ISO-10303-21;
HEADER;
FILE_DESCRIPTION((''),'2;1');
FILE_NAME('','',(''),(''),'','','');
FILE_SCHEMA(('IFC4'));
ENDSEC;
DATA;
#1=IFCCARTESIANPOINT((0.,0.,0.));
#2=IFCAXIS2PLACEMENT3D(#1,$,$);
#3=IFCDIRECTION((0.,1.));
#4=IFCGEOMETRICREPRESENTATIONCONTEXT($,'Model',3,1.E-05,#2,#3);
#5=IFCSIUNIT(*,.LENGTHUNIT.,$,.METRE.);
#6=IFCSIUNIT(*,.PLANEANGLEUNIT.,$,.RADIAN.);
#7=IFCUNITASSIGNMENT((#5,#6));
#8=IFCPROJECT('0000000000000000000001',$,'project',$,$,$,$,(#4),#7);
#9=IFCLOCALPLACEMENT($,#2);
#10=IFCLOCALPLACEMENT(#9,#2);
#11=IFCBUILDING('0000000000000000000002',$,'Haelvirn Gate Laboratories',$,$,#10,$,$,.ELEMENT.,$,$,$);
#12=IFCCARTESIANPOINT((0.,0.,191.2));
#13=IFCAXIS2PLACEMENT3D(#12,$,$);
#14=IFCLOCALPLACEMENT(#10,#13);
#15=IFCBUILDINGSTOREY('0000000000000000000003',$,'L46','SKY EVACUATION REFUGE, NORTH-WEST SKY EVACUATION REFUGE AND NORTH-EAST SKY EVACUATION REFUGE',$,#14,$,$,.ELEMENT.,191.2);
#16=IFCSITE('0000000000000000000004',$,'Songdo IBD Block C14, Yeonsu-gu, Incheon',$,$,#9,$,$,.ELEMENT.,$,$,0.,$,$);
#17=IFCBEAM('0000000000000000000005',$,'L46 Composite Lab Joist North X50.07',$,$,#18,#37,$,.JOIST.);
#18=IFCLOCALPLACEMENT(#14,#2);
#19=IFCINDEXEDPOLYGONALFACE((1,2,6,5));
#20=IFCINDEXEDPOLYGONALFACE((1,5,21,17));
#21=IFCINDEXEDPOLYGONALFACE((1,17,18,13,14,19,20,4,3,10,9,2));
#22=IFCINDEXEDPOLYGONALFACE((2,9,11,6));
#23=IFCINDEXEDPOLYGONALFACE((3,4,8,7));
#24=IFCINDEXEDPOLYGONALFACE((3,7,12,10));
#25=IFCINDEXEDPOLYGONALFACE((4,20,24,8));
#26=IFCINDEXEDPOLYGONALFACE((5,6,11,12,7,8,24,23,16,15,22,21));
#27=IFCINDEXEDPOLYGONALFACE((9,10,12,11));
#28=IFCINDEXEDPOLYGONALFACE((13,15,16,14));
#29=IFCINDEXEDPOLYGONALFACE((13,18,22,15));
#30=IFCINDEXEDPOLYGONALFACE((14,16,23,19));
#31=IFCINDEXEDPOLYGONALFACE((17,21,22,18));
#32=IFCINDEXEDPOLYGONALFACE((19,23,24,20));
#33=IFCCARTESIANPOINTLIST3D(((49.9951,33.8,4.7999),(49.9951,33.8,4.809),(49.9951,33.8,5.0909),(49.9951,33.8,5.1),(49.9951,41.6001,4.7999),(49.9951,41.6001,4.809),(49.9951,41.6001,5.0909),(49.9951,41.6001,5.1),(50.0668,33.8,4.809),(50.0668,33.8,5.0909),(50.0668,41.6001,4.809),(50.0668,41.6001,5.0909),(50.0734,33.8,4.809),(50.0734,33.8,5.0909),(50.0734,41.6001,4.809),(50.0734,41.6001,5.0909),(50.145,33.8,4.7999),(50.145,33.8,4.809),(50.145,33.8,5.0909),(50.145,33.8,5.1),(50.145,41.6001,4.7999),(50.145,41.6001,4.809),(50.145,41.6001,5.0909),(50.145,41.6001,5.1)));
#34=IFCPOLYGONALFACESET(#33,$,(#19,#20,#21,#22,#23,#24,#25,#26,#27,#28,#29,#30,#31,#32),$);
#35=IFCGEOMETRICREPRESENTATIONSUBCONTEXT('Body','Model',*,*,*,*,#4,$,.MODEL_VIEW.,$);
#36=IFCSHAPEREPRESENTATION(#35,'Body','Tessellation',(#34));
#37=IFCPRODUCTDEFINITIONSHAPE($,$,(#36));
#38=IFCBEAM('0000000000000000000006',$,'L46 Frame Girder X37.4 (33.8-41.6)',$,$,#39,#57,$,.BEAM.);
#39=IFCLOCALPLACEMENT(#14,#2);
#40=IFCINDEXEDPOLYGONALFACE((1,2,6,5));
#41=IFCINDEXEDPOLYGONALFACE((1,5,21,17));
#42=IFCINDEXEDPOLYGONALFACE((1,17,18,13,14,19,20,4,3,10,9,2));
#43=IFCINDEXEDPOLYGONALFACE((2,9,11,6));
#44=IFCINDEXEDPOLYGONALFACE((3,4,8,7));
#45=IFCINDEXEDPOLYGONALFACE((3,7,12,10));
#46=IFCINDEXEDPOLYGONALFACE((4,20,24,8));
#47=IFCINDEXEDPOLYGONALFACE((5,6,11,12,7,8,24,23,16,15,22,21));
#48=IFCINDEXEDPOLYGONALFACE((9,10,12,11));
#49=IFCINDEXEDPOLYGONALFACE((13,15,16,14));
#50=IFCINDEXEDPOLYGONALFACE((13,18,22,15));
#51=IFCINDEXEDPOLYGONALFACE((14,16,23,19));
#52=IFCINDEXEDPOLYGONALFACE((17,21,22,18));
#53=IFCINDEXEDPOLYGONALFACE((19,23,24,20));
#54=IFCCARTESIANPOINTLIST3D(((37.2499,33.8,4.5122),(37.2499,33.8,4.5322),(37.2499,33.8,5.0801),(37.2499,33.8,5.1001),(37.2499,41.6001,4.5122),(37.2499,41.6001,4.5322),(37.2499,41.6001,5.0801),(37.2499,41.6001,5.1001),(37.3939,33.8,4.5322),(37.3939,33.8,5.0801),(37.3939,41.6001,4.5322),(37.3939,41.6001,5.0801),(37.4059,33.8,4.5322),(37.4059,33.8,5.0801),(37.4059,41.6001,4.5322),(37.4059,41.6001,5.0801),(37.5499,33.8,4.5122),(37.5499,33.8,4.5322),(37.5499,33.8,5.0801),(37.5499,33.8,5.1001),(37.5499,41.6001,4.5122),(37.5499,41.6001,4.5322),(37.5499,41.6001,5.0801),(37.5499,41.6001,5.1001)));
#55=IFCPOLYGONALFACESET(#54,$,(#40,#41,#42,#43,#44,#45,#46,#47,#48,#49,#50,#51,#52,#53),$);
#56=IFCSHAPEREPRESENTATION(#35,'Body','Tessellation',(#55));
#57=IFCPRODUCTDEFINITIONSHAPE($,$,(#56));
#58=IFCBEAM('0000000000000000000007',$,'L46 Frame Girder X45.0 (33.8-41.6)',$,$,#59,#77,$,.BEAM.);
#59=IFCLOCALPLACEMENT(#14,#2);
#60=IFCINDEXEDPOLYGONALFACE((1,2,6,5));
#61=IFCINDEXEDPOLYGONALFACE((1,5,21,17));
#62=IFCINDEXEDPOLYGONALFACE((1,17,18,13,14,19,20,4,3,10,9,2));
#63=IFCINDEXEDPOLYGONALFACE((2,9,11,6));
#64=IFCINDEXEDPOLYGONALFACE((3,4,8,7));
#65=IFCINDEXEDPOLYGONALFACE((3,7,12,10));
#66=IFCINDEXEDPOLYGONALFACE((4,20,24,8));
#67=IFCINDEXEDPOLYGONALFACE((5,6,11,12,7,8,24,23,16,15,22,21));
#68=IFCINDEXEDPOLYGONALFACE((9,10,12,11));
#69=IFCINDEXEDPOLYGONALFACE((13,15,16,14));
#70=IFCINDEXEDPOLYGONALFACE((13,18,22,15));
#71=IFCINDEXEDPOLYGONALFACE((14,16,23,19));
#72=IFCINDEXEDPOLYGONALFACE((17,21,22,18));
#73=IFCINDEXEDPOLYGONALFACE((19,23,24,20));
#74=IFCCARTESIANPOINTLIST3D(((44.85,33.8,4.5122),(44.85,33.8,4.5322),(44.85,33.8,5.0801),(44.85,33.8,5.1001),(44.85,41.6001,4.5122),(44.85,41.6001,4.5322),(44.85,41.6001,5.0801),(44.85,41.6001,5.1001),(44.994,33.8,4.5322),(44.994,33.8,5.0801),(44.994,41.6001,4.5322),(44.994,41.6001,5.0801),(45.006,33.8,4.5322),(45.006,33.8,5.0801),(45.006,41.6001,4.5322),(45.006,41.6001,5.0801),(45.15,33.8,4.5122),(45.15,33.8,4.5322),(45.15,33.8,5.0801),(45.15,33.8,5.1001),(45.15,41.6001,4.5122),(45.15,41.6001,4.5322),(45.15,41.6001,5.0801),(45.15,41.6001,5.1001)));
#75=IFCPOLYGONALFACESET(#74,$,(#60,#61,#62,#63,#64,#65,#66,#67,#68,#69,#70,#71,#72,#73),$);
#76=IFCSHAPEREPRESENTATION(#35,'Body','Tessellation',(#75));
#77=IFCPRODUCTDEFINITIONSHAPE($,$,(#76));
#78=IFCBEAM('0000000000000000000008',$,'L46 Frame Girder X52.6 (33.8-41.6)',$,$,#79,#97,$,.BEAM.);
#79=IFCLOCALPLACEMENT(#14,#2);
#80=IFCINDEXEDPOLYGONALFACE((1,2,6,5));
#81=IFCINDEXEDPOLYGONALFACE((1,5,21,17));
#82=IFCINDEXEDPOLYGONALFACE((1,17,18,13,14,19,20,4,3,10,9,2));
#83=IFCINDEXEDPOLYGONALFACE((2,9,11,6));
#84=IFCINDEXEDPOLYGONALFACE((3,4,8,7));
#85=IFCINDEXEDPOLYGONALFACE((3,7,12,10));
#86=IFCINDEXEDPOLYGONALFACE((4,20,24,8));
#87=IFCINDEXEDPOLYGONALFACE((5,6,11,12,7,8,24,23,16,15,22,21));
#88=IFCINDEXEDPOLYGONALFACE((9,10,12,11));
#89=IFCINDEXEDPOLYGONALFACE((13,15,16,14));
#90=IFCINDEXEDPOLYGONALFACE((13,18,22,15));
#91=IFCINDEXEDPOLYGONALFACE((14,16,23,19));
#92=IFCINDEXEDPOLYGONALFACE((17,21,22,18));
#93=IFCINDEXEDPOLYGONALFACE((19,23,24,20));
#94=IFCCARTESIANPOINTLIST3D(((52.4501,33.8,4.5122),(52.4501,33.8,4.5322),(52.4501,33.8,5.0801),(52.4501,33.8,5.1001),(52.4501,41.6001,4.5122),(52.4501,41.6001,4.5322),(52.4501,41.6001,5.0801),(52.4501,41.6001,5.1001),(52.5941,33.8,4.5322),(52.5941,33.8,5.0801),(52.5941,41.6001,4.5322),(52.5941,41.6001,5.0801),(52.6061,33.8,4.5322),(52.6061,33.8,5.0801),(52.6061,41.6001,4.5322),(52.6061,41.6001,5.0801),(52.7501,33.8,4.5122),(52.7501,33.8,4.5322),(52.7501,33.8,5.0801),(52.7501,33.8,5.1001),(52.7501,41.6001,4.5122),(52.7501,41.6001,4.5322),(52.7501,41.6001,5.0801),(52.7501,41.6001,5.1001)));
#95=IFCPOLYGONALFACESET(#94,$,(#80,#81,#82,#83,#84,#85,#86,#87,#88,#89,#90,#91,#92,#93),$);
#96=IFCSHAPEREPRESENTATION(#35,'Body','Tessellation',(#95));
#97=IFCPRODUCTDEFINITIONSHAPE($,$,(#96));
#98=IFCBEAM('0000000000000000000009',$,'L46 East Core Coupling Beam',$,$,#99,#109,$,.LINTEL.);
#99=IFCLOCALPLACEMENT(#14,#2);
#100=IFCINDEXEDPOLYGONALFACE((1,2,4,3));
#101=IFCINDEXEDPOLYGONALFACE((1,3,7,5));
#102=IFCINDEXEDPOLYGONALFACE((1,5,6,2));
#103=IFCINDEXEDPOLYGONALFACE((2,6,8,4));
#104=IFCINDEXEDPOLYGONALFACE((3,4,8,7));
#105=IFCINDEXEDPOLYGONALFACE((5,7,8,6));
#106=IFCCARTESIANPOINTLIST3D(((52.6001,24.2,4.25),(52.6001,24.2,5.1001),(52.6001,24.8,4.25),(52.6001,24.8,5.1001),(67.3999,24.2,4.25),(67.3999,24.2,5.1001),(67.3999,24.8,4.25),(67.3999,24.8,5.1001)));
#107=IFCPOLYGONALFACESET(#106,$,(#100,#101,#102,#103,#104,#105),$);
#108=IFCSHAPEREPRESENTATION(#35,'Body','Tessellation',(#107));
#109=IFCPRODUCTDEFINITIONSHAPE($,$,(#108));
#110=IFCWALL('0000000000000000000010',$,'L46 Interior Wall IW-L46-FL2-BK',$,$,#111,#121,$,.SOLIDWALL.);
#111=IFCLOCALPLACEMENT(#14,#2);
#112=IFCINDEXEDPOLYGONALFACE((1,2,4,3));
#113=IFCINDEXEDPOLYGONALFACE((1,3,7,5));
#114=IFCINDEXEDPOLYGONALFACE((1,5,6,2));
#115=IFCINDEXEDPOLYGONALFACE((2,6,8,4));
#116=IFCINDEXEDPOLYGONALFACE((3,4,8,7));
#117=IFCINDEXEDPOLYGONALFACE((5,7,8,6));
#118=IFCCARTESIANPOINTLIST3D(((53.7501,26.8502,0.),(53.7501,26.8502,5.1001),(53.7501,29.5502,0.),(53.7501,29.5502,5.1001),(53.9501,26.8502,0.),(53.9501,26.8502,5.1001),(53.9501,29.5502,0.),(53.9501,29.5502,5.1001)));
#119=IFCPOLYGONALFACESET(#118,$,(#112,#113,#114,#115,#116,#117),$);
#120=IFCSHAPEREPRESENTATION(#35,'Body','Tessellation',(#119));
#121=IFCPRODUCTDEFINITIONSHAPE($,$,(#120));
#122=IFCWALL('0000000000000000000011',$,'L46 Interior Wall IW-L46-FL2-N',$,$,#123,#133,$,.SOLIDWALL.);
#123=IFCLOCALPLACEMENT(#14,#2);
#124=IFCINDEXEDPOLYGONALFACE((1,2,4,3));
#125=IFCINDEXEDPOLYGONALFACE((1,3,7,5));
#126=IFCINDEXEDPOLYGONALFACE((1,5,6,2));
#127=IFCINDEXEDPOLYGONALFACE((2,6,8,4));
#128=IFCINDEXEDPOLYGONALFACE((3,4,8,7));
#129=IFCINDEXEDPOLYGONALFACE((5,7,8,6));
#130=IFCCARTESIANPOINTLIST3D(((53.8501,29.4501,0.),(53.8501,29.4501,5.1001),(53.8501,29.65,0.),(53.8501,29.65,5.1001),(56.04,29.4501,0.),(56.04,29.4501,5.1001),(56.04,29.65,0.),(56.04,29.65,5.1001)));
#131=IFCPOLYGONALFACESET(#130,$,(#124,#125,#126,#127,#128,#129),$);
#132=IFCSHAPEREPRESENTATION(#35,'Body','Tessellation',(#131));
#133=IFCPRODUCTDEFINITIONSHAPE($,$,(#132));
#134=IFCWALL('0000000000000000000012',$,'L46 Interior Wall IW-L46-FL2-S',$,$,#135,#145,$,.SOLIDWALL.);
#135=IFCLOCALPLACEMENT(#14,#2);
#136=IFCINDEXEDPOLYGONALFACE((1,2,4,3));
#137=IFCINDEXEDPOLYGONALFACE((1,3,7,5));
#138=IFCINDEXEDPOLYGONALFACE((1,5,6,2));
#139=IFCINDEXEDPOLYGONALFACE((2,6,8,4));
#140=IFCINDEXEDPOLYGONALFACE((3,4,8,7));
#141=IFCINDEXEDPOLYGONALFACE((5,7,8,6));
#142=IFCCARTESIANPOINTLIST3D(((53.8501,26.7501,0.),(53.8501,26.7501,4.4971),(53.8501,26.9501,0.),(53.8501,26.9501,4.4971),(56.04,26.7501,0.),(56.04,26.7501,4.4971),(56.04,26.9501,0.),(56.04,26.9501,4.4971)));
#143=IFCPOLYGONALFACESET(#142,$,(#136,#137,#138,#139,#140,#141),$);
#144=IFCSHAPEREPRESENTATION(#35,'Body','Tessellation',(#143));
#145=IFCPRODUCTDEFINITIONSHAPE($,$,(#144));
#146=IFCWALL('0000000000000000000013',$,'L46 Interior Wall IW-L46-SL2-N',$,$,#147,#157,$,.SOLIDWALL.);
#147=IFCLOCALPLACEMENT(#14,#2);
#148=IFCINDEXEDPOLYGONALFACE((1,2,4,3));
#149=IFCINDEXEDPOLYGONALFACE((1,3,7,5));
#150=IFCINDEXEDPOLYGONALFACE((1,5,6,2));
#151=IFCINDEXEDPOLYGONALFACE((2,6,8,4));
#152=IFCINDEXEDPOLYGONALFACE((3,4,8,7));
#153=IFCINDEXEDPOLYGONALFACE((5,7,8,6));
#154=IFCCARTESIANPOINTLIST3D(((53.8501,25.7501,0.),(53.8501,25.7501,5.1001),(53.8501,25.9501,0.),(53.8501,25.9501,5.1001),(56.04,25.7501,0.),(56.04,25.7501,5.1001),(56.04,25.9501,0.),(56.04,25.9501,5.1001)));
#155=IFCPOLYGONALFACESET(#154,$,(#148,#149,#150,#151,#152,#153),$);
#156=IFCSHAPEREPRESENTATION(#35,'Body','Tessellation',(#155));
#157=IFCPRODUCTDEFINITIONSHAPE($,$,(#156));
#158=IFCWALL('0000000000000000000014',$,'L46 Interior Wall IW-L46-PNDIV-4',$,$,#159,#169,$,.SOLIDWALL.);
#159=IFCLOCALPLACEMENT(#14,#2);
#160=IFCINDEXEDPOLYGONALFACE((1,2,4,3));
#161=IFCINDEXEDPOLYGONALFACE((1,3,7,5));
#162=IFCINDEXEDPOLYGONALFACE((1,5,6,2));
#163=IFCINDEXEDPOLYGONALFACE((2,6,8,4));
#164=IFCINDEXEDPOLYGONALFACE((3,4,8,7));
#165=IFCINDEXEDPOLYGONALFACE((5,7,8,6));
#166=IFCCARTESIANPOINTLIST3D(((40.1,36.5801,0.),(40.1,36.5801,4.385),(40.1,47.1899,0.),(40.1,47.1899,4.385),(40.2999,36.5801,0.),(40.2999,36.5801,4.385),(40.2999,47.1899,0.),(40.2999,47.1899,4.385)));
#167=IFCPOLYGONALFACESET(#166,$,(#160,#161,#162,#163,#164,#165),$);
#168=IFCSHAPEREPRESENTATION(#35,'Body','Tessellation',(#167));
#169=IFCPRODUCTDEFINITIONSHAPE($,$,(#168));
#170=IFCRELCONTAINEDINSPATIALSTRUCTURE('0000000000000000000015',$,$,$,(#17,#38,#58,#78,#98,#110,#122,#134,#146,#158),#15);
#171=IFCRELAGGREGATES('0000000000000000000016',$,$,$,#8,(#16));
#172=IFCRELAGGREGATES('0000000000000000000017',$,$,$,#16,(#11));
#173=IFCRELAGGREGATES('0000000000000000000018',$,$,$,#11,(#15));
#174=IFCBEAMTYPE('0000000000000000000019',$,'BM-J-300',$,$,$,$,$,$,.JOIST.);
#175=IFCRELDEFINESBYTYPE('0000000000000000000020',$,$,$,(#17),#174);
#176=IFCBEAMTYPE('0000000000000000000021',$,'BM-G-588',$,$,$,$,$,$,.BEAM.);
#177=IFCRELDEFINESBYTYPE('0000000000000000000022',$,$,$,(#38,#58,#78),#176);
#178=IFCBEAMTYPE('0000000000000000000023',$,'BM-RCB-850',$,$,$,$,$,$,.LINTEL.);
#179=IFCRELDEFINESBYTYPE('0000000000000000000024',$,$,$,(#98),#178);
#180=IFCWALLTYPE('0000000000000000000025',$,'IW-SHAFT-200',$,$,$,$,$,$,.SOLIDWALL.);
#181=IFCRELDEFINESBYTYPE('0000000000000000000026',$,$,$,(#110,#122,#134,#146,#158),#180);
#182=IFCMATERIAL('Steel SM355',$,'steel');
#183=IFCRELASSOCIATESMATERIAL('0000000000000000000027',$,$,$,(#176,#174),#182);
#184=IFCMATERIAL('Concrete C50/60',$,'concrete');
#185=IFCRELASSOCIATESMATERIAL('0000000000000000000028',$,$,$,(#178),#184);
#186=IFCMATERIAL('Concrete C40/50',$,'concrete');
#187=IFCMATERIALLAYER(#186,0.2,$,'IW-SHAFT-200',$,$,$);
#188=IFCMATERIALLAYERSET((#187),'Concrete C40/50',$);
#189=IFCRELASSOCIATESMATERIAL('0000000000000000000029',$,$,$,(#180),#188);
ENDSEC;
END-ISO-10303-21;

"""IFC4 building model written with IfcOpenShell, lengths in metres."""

from ifc_helpers import new_model, si_unit, direction, frame, frame_2d, origin, origin_2d, place, context, subcontext, project, spatial, rectangle, i_section, extrude, source, transform, mapped, material, layer, layer_set, material_profile, profile_set, type_object, type_shapes, element, save


model = new_model("IFC4")

# Units and contexts
model_context = context("Model", 3, precision=1e-05, world=origin(), true_north=direction((0.0, 1.0)))
body_context = subcontext(model_context, "Body", "Model", "MODEL_VIEW")
ifc_project = project(units=[si_unit("LENGTHUNIT", "METRE"), si_unit("PLANEANGLEUNIT", "RADIAN")], contexts=[model_context])

# Site, building, storey
site_placement = place(None, origin())
site = spatial("IfcSite", under=ifc_project, at=site_placement, Name="Songdo IBD Block C14, Yeonsu-gu, Incheon", CompositionType="ELEMENT", RefElevation=0.0)
building_placement = place(site_placement, origin())
building = spatial("IfcBuilding", under=site, at=building_placement, Name="Haelvirn Gate Laboratories", CompositionType="ELEMENT")
storey_placement = place(building_placement, frame((0.0, 0.0, 191.2)))
storey = spatial("IfcBuildingStorey", under=building, at=storey_placement, Name="L46", Description="SKY EVACUATION REFUGE, NORTH-WEST SKY EVACUATION REFUGE AND NORTH-EAST SKY EVACUATION REFUGE", CompositionType="ELEMENT", Elevation=191.2)

# Shared definitions
ifc_material_1 = material(Name="Steel SM355", Category="steel")

# Beams
ifc_material_profile_1 = material_profile(ifc_material_1, i_section(OverallWidth=0.3, OverallDepth=0.5879, WebThickness=0.012, FlangeThickness=0.02, at=origin_2d()), Name="H-588x300x12x20")
ifc_profile_set_1 = profile_set([ifc_material_profile_1], Name="Steel SM355")
beam_type_1 = type_object("IfcBeamType", Name="BM-G-588", PredefinedType="BEAM", material=ifc_profile_set_1)
ifc_material_profile_2 = material_profile(ifc_material_1, i_section(OverallWidth=0.1499, OverallDepth=0.3, WebThickness=0.0066, FlangeThickness=0.009, at=origin_2d()), Name="H-300x150x6.5x9")
ifc_profile_set_2 = profile_set([ifc_material_profile_2], Name="Steel SM355")
beam_type_2 = type_object("IfcBeamType", Name="BM-J-300", PredefinedType="JOIST", material=ifc_profile_set_2)
shared_shape_1 = source(origin(), body_context, "Body", "SweptSolid", [
    extrude(i_section(OverallWidth=0.1499, OverallDepth=0.3, WebThickness=0.0066, FlangeThickness=0.009, at=origin_2d()), origin(), (0.0, 0.0, 1.0), 7.8),
])
type_shapes(beam_type_2, [shared_shape_1])
for number, where, z_axis, x_axis, name in (
    (1, (50.0701, 33.8, 4.95), (0.0, 1.0, 0.0), (-1.0, 0.0, 0.0), "L46 Composite Lab Joist North X50.07"),
):
    element("IfcBeam", number, at=place(storey_placement, frame(where, z_axis=z_axis, x_axis=x_axis)), inside=storey, type_object=beam_type_2, Name=name, PredefinedType="JOIST", context=body_context, shape_type="MappedRepresentation", body=[
        mapped(shared_shape_1, transform((0.0, 0.0, 0.0), scale=1.0)),
    ])
shared_shape_2 = source(origin(), body_context, "Body", "SweptSolid", [
    extrude(i_section(OverallWidth=0.3, OverallDepth=0.5879, WebThickness=0.012, FlangeThickness=0.02, at=origin_2d()), origin(), (0.0, 0.0, 1.0), 7.8),
])
for number, where, z_axis, x_axis, name in (
    (2, (37.3999, 33.8, 4.8062), (0.0, 1.0, 0.0), (-1.0, 0.0, 0.0), "L46 Frame Girder X37.4 (33.8-41.6)"),
    (3, (45.0, 33.8, 4.8062), (0.0, 1.0, 0.0), (-1.0, 0.0, 0.0), "L46 Frame Girder X45.0 (33.8-41.6)"),
    (4, (52.6001, 33.8, 4.8062), (0.0, 1.0, 0.0), (-1.0, 0.0, 0.0), "L46 Frame Girder X52.6 (33.8-41.6)"),
):
    element("IfcBeam", number, at=place(storey_placement, frame(where, z_axis=z_axis, x_axis=x_axis)), inside=storey, type_object=beam_type_1, Name=name, PredefinedType="BEAM", context=body_context, shape_type="MappedRepresentation", body=[
        mapped(shared_shape_2, transform((0.0, 0.0, 0.0), scale=1.0)),
    ])
ifc_material_2 = material(Name="Concrete C50/60", Category="concrete")
ifc_material_profile_3 = material_profile(ifc_material_2, rectangle(XDim=0.6001, YDim=0.8501, at=origin_2d()), Name="RCB-600x850")
ifc_profile_set_3 = profile_set([ifc_material_profile_3], Name="Concrete C50/60")
beam_type_3 = type_object("IfcBeamType", Name="BM-RCB-850", PredefinedType="LINTEL", material=ifc_profile_set_3)
shared_shape_3 = source(origin(), body_context, "Body", "SweptSolid", [
    extrude(rectangle(XDim=0.6001, YDim=0.8501, at=origin_2d()), origin(), (0.0, 0.0, 1.0), 14.7998),
])
type_shapes(beam_type_3, [shared_shape_3])
beam_1_placement = place(storey_placement, frame((52.6001, 24.5, 4.675), z_axis=(1.0, 0.0, 0.0), x_axis=(0.0, 1.0, 0.0)))
element("IfcBeam", 5, at=beam_1_placement, inside=storey, type_object=beam_type_3, Name="L46 East Core Coupling Beam", PredefinedType="LINTEL", context=body_context, shape_type="MappedRepresentation", body=[
    mapped(shared_shape_3, transform((0.0, 0.0, 0.0), scale=1.0)),
])

# Walls
ifc_material_3 = material(Name="Concrete C40/50", Category="concrete")
ifc_layer_1 = layer(ifc_material_3, 0.2, Name="IW-SHAFT-200")
ifc_layer_set_1 = layer_set([ifc_layer_1], Name="Concrete C40/50")
wall_type_1 = type_object("IfcWallType", Name="IW-SHAFT-200", PredefinedType="SOLIDWALL", material=ifc_layer_set_1)
wall_1_placement = place(storey_placement, frame((53.8501, 26.8501, 0.0), z_axis=(0.0, 0.0, 1.0), x_axis=(0.0, 1.0, 0.0)))
element("IfcWall", 6, at=wall_1_placement, inside=storey, type_object=wall_type_1, Name="L46 Interior Wall IW-L46-FL2-BK", PredefinedType="SOLIDWALL", context=body_context, shape_type="SweptSolid", body=[
    extrude(rectangle(XDim=2.7, YDim=0.2, at=frame_2d((1.3501, 0.0))), origin(), (0.0, 0.0, 1.0), 5.1001),
])
wall_2_placement = place(storey_placement, frame((53.8501, 29.55, 0.0), z_axis=(0.0, 0.0, 1.0), x_axis=(1.0, 0.0, 0.0)))
element("IfcWall", 7, at=wall_2_placement, inside=storey, type_object=wall_type_1, Name="L46 Interior Wall IW-L46-FL2-N", PredefinedType="SOLIDWALL", context=body_context, shape_type="SweptSolid", body=[
    extrude(rectangle(XDim=2.1899, YDim=0.2, at=frame_2d((1.095, 0.0))), origin(), (0.0, 0.0, 1.0), 5.1001),
])
wall_3_placement = place(storey_placement, frame((53.8501, 26.8501, 0.0), z_axis=(0.0, 0.0, 1.0), x_axis=(1.0, 0.0, 0.0)))
element("IfcWall", 8, at=wall_3_placement, inside=storey, type_object=wall_type_1, Name="L46 Interior Wall IW-L46-FL2-S", PredefinedType="SOLIDWALL", context=body_context, shape_type="SweptSolid", body=[
    extrude(rectangle(XDim=2.1899, YDim=0.2, at=frame_2d((1.095, 0.0))), origin(), (0.0, 0.0, 1.0), 4.4971),
])
wall_4_placement = place(storey_placement, frame((53.8501, 25.8501, 0.0), z_axis=(0.0, 0.0, 1.0), x_axis=(1.0, 0.0, 0.0)))
element("IfcWall", 9, at=wall_4_placement, inside=storey, type_object=wall_type_1, Name="L46 Interior Wall IW-L46-SL2-N", PredefinedType="SOLIDWALL", context=body_context, shape_type="SweptSolid", body=[
    extrude(rectangle(XDim=2.1899, YDim=0.2, at=frame_2d((1.095, 0.0))), origin(), (0.0, 0.0, 1.0), 5.1001),
])
wall_5_placement = place(storey_placement, frame((40.2, 36.5801, 0.0), z_axis=(0.0, 0.0, 1.0), x_axis=(0.0, 1.0, 0.0)))
element("IfcWall", 10, at=wall_5_placement, inside=storey, type_object=wall_type_1, Name="L46 Interior Wall IW-L46-PNDIV-4", PredefinedType="SOLIDWALL", context=body_context, shape_type="SweptSolid", body=[
    extrude(rectangle(XDim=10.6099, YDim=0.2, at=frame_2d((5.3049, 0.0))), origin(), (0.0, 0.0, 1.0), 4.385),
])

save(model, "model.ifc")
